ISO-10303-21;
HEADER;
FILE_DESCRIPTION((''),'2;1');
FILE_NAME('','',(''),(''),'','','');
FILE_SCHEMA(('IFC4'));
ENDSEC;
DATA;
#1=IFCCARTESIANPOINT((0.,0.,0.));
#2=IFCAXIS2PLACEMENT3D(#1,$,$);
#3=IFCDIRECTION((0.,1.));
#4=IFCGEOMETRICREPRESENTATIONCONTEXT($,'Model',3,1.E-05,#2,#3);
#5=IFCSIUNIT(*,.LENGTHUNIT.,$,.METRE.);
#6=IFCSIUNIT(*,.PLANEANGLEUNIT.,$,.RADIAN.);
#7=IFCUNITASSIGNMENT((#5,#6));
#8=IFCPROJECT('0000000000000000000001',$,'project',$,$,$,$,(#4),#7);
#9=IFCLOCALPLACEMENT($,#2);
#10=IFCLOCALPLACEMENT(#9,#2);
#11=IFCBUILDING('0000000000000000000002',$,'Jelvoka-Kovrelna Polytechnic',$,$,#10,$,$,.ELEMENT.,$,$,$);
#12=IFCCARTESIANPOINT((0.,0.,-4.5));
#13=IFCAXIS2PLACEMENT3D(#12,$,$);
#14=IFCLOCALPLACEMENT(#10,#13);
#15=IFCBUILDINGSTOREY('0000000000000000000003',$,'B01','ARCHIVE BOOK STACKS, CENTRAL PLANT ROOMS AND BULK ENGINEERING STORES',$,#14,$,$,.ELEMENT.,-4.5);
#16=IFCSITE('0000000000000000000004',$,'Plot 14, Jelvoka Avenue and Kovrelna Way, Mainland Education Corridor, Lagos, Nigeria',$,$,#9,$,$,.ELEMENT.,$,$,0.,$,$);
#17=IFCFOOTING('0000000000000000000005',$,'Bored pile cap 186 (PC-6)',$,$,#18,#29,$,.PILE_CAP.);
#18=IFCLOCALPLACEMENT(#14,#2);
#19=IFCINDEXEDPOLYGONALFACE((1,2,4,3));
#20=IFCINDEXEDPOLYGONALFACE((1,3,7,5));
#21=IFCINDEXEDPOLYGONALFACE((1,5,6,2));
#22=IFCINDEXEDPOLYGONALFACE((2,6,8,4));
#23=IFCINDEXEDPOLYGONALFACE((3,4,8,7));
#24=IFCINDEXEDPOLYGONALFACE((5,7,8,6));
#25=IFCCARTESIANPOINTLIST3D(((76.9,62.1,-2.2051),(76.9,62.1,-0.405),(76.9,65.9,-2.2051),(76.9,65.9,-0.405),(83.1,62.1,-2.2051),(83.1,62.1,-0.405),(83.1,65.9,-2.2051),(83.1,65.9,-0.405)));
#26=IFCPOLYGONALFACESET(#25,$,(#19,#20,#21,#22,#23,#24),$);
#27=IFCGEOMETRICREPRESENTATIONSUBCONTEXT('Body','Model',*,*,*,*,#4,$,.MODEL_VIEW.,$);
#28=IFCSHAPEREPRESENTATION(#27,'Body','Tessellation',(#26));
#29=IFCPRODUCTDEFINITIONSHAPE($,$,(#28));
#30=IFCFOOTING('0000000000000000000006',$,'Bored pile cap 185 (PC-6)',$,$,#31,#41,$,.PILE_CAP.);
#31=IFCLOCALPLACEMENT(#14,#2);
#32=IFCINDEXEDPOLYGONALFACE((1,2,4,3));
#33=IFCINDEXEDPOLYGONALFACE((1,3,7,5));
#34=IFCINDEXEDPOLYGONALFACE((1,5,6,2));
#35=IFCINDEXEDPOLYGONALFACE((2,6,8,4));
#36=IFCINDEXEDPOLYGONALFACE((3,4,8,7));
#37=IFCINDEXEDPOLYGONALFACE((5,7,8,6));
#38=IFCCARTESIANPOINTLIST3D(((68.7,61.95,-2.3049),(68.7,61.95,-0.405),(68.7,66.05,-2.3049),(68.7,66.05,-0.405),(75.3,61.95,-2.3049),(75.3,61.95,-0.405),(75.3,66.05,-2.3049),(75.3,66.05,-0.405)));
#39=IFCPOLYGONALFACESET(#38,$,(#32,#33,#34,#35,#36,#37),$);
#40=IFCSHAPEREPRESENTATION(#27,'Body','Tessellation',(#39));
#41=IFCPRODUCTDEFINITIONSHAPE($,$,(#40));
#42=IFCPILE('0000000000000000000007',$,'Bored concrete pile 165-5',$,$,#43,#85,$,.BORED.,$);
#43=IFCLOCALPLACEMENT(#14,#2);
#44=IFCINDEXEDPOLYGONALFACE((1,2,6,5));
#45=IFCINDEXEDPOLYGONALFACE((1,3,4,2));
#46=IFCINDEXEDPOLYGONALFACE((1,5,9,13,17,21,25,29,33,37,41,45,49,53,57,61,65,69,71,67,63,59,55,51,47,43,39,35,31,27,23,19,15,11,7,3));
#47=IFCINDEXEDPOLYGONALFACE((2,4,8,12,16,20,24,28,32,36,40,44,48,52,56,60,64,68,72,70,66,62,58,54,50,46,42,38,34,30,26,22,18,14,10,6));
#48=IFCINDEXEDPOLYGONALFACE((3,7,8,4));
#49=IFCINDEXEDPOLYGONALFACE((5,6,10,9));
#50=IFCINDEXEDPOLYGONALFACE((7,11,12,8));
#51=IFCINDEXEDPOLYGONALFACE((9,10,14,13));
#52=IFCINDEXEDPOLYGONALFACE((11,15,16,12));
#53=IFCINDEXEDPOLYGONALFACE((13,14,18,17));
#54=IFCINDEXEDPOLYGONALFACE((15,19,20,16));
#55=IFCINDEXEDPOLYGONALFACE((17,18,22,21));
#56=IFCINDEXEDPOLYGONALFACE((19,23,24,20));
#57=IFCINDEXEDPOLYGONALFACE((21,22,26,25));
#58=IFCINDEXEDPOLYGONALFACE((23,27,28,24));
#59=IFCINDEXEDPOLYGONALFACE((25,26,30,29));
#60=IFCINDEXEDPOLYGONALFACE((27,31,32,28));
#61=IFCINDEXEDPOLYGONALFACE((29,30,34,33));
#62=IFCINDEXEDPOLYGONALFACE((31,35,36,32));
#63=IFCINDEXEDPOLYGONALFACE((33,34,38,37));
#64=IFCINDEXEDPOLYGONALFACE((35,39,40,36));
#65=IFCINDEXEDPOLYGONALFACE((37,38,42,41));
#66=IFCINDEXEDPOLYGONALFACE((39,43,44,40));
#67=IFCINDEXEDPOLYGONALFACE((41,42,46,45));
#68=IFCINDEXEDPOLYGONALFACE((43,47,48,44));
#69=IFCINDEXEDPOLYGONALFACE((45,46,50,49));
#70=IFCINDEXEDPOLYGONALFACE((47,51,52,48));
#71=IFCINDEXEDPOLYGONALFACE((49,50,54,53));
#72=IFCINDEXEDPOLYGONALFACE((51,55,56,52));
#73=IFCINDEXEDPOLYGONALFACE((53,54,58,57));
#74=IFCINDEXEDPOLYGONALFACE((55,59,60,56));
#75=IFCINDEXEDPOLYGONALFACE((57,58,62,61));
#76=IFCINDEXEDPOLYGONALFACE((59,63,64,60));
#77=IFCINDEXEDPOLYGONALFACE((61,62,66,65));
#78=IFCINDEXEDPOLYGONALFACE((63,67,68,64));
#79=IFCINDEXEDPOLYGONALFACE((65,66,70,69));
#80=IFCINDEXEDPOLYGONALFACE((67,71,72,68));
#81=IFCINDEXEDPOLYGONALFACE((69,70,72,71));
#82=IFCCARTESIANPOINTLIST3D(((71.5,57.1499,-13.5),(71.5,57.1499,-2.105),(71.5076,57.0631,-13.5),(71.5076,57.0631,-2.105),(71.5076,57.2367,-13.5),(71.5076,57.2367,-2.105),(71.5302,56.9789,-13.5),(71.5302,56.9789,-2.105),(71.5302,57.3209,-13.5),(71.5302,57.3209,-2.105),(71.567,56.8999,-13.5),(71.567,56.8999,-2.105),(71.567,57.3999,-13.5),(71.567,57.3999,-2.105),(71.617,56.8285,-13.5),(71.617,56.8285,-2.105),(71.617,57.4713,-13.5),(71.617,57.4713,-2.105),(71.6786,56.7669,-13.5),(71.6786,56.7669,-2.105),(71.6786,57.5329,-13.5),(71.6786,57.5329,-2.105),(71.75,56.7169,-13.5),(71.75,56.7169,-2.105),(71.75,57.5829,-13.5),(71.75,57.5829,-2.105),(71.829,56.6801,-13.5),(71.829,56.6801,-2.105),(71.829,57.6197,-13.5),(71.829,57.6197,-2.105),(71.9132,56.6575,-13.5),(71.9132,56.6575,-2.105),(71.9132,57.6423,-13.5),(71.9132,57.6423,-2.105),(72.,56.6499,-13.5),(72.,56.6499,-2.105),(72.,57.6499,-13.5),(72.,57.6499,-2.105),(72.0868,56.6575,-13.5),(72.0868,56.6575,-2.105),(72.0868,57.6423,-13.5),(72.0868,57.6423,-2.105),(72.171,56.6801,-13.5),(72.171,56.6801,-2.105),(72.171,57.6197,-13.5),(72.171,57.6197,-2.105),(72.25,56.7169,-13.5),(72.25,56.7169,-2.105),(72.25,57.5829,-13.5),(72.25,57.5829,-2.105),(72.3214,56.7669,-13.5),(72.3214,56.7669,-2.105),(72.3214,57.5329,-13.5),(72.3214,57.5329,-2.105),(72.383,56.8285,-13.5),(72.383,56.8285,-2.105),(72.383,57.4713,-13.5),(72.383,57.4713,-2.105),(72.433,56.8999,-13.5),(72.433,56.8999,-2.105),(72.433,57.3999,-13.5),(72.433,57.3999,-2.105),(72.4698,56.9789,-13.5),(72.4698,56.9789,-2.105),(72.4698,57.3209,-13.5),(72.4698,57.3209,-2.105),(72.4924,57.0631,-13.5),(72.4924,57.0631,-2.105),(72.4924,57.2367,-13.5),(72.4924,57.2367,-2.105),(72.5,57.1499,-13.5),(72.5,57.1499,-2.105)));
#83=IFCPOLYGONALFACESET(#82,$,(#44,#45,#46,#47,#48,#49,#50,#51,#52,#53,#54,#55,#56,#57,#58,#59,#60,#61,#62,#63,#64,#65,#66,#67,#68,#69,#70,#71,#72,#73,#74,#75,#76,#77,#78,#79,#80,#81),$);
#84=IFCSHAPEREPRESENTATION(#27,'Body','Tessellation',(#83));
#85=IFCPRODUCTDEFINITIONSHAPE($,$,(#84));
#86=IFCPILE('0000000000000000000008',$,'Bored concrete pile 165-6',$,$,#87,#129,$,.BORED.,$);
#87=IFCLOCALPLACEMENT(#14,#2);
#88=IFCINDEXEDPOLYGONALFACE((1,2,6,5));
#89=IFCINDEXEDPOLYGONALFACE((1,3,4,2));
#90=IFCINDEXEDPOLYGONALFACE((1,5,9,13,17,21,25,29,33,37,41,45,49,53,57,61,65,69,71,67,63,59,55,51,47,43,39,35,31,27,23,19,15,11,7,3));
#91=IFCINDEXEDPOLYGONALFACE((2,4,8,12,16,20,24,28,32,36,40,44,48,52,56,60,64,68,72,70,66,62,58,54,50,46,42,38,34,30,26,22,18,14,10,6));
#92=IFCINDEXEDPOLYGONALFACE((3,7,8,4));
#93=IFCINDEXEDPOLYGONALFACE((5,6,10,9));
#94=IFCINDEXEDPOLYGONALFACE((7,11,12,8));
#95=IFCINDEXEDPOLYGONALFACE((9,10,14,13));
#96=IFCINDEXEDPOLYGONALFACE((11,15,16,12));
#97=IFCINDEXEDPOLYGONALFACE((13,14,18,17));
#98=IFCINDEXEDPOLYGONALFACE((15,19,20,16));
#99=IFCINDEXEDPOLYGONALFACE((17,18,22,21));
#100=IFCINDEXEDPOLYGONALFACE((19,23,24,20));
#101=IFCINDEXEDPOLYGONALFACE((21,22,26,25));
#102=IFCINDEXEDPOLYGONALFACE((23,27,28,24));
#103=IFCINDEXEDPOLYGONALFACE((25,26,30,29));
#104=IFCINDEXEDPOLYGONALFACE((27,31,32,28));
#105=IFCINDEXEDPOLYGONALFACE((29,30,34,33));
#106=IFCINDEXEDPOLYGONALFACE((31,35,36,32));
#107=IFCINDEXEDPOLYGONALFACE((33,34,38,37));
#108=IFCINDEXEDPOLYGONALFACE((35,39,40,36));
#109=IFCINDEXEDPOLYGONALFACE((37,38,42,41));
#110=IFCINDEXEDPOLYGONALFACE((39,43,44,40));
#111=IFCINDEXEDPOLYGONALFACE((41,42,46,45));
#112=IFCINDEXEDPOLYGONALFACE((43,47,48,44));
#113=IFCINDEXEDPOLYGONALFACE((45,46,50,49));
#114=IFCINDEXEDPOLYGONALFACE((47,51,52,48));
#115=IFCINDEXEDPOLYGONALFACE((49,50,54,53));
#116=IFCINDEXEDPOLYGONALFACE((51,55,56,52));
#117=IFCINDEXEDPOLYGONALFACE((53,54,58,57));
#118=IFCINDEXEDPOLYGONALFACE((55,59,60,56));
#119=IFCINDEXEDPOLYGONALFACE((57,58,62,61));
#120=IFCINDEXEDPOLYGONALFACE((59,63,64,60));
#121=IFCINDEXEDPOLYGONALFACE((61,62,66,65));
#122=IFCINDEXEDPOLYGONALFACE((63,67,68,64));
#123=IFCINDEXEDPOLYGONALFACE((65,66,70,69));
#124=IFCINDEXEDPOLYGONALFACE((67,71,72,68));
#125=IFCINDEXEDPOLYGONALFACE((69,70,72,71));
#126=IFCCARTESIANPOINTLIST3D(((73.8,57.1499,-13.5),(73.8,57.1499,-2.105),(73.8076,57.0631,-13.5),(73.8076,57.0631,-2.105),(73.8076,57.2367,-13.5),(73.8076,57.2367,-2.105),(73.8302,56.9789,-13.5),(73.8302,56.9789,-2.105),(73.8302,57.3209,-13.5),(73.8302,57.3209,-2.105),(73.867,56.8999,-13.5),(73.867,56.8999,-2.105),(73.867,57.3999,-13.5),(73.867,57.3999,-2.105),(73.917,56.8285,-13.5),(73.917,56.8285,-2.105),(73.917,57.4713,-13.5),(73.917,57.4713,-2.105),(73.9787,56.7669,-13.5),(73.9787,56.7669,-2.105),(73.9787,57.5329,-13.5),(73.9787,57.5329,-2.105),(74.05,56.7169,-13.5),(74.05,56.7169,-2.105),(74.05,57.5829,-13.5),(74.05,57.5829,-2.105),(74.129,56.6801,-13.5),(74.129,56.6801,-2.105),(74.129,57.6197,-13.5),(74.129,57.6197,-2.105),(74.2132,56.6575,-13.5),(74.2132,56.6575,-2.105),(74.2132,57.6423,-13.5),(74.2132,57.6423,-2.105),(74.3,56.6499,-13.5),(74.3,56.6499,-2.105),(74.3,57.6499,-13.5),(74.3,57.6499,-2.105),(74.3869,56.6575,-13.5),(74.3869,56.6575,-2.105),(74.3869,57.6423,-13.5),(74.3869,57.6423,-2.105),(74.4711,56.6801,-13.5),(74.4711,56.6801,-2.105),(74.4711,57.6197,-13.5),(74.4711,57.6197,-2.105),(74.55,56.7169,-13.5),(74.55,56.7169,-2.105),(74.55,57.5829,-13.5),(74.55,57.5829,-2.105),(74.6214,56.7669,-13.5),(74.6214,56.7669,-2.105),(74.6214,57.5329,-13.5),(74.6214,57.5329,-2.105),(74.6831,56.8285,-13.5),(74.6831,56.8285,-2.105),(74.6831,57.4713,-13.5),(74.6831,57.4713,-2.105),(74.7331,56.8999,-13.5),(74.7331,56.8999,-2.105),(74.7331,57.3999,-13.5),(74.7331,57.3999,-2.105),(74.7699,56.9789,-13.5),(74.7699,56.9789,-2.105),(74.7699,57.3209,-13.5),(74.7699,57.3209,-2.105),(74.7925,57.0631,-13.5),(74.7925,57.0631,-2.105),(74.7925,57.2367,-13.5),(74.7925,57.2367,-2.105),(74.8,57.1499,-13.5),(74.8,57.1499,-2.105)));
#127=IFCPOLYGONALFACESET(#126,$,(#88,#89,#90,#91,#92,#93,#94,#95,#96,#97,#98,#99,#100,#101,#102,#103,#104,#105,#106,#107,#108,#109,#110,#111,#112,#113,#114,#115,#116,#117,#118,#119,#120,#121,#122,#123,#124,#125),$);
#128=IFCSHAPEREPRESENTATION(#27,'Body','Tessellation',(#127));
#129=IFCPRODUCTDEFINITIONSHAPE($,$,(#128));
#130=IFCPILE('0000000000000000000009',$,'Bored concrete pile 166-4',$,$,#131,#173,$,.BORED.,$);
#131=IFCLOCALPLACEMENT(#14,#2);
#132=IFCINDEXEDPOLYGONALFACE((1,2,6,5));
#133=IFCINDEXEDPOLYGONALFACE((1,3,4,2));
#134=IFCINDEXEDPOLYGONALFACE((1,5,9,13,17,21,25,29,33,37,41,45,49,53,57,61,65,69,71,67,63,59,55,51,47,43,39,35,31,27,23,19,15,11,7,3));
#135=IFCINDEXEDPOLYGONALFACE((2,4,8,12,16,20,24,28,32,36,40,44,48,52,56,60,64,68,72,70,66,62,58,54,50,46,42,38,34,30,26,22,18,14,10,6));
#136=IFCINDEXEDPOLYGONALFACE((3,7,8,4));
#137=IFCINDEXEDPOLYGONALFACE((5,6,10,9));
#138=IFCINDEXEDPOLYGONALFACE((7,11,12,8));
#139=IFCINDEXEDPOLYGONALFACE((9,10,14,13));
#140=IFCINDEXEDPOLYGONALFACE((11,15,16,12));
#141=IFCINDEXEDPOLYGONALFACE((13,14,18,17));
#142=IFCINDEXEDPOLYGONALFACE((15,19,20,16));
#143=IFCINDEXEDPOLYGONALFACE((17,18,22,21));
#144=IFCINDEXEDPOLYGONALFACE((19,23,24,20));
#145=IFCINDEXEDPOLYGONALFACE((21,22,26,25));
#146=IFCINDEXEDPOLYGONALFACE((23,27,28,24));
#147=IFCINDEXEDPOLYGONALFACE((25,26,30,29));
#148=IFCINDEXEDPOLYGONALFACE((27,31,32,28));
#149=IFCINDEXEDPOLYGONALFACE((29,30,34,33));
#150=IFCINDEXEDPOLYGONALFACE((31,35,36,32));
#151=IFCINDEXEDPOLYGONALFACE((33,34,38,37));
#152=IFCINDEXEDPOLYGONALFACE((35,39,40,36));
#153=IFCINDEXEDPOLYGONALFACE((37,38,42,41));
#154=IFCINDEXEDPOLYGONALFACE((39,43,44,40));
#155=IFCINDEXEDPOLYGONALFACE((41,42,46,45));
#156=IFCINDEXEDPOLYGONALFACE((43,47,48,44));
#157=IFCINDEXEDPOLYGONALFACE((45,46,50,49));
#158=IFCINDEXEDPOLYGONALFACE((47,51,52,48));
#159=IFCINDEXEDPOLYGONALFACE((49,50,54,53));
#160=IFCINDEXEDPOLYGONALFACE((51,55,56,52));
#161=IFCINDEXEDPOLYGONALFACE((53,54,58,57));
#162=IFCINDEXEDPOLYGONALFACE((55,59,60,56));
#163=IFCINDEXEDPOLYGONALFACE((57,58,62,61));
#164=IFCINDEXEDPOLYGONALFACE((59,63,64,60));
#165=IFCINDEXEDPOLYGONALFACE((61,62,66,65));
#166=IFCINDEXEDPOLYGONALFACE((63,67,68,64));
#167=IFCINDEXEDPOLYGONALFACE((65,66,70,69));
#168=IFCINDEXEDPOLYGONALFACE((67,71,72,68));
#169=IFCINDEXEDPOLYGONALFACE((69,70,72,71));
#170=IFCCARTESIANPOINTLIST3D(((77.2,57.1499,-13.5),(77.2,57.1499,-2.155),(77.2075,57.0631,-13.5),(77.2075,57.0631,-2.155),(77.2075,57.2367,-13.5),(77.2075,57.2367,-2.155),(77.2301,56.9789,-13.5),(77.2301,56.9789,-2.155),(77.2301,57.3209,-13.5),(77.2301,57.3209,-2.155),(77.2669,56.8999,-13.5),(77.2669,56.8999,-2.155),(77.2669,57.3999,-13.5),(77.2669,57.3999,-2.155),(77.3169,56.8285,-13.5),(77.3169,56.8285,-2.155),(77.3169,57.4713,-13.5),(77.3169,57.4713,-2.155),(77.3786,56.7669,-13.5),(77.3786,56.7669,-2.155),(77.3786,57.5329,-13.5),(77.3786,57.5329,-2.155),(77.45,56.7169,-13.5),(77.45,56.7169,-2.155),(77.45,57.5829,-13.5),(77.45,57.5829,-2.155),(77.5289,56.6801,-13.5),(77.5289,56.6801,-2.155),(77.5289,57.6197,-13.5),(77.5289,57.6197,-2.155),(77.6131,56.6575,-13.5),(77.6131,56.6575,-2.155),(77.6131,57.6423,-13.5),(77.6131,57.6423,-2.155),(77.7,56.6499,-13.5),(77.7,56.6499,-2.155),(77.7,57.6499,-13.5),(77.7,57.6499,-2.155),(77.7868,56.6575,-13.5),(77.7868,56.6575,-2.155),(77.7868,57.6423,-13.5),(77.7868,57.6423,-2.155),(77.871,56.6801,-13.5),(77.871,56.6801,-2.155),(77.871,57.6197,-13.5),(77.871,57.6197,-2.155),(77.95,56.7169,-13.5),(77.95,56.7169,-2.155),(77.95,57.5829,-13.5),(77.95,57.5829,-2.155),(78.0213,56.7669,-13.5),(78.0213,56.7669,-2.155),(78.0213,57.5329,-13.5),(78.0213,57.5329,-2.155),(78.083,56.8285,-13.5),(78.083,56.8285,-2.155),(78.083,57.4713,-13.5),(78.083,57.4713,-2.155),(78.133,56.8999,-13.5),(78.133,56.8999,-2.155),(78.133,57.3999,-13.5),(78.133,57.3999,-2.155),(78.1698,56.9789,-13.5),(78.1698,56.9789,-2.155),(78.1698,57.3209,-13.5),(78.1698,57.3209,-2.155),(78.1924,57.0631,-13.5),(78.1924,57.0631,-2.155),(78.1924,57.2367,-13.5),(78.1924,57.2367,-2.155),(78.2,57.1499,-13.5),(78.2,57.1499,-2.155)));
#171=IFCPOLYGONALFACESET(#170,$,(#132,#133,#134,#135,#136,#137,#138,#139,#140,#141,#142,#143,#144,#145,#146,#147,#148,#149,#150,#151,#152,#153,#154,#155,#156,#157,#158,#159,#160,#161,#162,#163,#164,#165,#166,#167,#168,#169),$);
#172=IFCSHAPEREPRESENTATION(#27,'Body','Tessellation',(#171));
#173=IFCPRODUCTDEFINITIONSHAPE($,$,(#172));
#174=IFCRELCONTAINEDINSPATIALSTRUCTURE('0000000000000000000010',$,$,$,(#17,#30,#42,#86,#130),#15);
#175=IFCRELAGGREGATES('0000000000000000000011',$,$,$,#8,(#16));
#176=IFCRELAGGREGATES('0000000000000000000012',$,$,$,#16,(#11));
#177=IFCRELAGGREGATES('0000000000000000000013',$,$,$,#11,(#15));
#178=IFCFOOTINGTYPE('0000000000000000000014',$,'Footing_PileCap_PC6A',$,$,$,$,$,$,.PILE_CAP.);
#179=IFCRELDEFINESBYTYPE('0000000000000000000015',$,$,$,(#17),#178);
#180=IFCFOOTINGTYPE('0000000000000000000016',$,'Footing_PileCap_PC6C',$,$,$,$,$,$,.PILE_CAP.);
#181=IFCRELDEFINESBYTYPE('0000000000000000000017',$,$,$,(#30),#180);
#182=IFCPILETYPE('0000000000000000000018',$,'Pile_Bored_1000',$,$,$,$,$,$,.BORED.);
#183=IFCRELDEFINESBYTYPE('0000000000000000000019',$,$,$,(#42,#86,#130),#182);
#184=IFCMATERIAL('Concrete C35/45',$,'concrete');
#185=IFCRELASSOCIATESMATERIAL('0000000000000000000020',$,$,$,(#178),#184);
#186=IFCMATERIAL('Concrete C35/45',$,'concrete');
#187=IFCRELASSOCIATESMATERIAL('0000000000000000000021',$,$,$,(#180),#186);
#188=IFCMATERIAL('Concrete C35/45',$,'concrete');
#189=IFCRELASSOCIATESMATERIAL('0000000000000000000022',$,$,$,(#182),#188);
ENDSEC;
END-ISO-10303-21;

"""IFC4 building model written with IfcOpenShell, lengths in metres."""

from ifc_helpers import new_model, si_unit, direction, frame, origin, origin_2d, place, context, subcontext, project, spatial, rectangle, circle, extrude, material, material_profile, profile_set, type_object, element, save


model = new_model("IFC4")

# Units and contexts
model_context = context("Model", 3, precision=1e-05, world=origin(), true_north=direction((0.0, 1.0)))
body_context = subcontext(model_context, "Body", "Model", "MODEL_VIEW")
ifc_project = project(units=[si_unit("LENGTHUNIT", "METRE"), si_unit("PLANEANGLEUNIT", "RADIAN")], contexts=[model_context])

# Site, building, storey
site_placement = place(None, origin())
site = spatial("IfcSite", under=ifc_project, at=site_placement, Name="Plot 14, Jelvoka Avenue and Kovrelna Way, Mainland Education Corridor, Lagos, Nigeria", CompositionType="ELEMENT", RefElevation=0.0)
building_placement = place(site_placement, origin())
building = spatial("IfcBuilding", under=site, at=building_placement, Name="Jelvoka-Kovrelna Polytechnic", CompositionType="ELEMENT")
storey_placement = place(building_placement, frame((0.0, 0.0, -4.5)))
storey = spatial("IfcBuildingStorey", under=building, at=storey_placement, Name="B01", Description="ARCHIVE BOOK STACKS, CENTRAL PLANT ROOMS AND BULK ENGINEERING STORES", CompositionType="ELEMENT", Elevation=-4.5)

# Footings
ifc_material_1 = material(Name="Concrete C35/45", Category="concrete")
footing_type_1 = type_object("IfcFootingType", Name="Footing_PileCap_PC6A", PredefinedType="PILE_CAP", material=ifc_material_1)
footing_1_placement = place(storey_placement, frame((80.0, 64.0, -2.2051), z_axis=(0.0, 0.0, 1.0), x_axis=(1.0, 0.0, 0.0)))
element("IfcFooting", 1, at=footing_1_placement, inside=storey, type_object=footing_type_1, Name="Bored pile cap 186 (PC-6)", PredefinedType="PILE_CAP", context=body_context, shape_type="SweptSolid", body=[
    extrude(rectangle(XDim=6.2, YDim=3.8, at=origin_2d()), origin(), (0.0, 0.0, 1.0), 1.8),
])
ifc_material_2 = material(Name="Concrete C35/45", Category="concrete")
footing_type_2 = type_object("IfcFootingType", Name="Footing_PileCap_PC6C", PredefinedType="PILE_CAP", material=ifc_material_2)
footing_2_placement = place(storey_placement, frame((72.0, 64.0, -2.3049), z_axis=(0.0, 0.0, 1.0), x_axis=(1.0, 0.0, 0.0)))
element("IfcFooting", 2, at=footing_2_placement, inside=storey, type_object=footing_type_2, Name="Bored pile cap 185 (PC-6)", PredefinedType="PILE_CAP", context=body_context, shape_type="SweptSolid", body=[
    extrude(rectangle(XDim=6.6001, YDim=4.1001, at=origin_2d()), origin(), (0.0, 0.0, 1.0), 1.8999),
])

# Piles
ifc_material_3 = material(Name="Concrete C35/45", Category="concrete")
ifc_material_profile_1 = material_profile(ifc_material_3, circle(Radius=0.5, at=origin_2d()), Name="PILE D1000")
ifc_profile_set_1 = profile_set([ifc_material_profile_1], Name="Concrete C35/45")
pile_type = type_object("IfcPileType", Name="Pile_Bored_1000", PredefinedType="BORED", material=ifc_profile_set_1)
for number, where, z_axis, x_axis, name in (
    (3, (72.0, 57.1499, -2.105), (0.0, 0.0, -1.0), (1.0, 0.0, 0.0), "Bored concrete pile 165-5"),
    (4, (74.3, 57.1499, -2.105), (0.0, 0.0, -1.0), (1.0, 0.0, 0.0), "Bored concrete pile 165-6"),
):
    element("IfcPile", number, at=place(storey_placement, frame(where, z_axis=z_axis, x_axis=x_axis)), inside=storey, type_object=pile_type, Name=name, PredefinedType="BORED", context=body_context, shape_type="SweptSolid", body=[
        extrude(circle(Radius=0.5, at=origin_2d()), origin(), (0.0, 0.0, 1.0), 11.395),
    ])
for number, where, z_axis, x_axis, name in (
    (5, (77.7, 57.1499, -2.155), (0.0, 0.0, -1.0), (1.0, 0.0, 0.0), "Bored concrete pile 166-4"),
):
    element("IfcPile", number, at=place(storey_placement, frame(where, z_axis=z_axis, x_axis=x_axis)), inside=storey, type_object=pile_type, Name=name, PredefinedType="BORED", context=body_context, shape_type="SweptSolid", body=[
        extrude(circle(Radius=0.5, at=origin_2d()), origin(), (0.0, 0.0, 1.0), 11.345),
    ])

save(model, "model.ifc")
